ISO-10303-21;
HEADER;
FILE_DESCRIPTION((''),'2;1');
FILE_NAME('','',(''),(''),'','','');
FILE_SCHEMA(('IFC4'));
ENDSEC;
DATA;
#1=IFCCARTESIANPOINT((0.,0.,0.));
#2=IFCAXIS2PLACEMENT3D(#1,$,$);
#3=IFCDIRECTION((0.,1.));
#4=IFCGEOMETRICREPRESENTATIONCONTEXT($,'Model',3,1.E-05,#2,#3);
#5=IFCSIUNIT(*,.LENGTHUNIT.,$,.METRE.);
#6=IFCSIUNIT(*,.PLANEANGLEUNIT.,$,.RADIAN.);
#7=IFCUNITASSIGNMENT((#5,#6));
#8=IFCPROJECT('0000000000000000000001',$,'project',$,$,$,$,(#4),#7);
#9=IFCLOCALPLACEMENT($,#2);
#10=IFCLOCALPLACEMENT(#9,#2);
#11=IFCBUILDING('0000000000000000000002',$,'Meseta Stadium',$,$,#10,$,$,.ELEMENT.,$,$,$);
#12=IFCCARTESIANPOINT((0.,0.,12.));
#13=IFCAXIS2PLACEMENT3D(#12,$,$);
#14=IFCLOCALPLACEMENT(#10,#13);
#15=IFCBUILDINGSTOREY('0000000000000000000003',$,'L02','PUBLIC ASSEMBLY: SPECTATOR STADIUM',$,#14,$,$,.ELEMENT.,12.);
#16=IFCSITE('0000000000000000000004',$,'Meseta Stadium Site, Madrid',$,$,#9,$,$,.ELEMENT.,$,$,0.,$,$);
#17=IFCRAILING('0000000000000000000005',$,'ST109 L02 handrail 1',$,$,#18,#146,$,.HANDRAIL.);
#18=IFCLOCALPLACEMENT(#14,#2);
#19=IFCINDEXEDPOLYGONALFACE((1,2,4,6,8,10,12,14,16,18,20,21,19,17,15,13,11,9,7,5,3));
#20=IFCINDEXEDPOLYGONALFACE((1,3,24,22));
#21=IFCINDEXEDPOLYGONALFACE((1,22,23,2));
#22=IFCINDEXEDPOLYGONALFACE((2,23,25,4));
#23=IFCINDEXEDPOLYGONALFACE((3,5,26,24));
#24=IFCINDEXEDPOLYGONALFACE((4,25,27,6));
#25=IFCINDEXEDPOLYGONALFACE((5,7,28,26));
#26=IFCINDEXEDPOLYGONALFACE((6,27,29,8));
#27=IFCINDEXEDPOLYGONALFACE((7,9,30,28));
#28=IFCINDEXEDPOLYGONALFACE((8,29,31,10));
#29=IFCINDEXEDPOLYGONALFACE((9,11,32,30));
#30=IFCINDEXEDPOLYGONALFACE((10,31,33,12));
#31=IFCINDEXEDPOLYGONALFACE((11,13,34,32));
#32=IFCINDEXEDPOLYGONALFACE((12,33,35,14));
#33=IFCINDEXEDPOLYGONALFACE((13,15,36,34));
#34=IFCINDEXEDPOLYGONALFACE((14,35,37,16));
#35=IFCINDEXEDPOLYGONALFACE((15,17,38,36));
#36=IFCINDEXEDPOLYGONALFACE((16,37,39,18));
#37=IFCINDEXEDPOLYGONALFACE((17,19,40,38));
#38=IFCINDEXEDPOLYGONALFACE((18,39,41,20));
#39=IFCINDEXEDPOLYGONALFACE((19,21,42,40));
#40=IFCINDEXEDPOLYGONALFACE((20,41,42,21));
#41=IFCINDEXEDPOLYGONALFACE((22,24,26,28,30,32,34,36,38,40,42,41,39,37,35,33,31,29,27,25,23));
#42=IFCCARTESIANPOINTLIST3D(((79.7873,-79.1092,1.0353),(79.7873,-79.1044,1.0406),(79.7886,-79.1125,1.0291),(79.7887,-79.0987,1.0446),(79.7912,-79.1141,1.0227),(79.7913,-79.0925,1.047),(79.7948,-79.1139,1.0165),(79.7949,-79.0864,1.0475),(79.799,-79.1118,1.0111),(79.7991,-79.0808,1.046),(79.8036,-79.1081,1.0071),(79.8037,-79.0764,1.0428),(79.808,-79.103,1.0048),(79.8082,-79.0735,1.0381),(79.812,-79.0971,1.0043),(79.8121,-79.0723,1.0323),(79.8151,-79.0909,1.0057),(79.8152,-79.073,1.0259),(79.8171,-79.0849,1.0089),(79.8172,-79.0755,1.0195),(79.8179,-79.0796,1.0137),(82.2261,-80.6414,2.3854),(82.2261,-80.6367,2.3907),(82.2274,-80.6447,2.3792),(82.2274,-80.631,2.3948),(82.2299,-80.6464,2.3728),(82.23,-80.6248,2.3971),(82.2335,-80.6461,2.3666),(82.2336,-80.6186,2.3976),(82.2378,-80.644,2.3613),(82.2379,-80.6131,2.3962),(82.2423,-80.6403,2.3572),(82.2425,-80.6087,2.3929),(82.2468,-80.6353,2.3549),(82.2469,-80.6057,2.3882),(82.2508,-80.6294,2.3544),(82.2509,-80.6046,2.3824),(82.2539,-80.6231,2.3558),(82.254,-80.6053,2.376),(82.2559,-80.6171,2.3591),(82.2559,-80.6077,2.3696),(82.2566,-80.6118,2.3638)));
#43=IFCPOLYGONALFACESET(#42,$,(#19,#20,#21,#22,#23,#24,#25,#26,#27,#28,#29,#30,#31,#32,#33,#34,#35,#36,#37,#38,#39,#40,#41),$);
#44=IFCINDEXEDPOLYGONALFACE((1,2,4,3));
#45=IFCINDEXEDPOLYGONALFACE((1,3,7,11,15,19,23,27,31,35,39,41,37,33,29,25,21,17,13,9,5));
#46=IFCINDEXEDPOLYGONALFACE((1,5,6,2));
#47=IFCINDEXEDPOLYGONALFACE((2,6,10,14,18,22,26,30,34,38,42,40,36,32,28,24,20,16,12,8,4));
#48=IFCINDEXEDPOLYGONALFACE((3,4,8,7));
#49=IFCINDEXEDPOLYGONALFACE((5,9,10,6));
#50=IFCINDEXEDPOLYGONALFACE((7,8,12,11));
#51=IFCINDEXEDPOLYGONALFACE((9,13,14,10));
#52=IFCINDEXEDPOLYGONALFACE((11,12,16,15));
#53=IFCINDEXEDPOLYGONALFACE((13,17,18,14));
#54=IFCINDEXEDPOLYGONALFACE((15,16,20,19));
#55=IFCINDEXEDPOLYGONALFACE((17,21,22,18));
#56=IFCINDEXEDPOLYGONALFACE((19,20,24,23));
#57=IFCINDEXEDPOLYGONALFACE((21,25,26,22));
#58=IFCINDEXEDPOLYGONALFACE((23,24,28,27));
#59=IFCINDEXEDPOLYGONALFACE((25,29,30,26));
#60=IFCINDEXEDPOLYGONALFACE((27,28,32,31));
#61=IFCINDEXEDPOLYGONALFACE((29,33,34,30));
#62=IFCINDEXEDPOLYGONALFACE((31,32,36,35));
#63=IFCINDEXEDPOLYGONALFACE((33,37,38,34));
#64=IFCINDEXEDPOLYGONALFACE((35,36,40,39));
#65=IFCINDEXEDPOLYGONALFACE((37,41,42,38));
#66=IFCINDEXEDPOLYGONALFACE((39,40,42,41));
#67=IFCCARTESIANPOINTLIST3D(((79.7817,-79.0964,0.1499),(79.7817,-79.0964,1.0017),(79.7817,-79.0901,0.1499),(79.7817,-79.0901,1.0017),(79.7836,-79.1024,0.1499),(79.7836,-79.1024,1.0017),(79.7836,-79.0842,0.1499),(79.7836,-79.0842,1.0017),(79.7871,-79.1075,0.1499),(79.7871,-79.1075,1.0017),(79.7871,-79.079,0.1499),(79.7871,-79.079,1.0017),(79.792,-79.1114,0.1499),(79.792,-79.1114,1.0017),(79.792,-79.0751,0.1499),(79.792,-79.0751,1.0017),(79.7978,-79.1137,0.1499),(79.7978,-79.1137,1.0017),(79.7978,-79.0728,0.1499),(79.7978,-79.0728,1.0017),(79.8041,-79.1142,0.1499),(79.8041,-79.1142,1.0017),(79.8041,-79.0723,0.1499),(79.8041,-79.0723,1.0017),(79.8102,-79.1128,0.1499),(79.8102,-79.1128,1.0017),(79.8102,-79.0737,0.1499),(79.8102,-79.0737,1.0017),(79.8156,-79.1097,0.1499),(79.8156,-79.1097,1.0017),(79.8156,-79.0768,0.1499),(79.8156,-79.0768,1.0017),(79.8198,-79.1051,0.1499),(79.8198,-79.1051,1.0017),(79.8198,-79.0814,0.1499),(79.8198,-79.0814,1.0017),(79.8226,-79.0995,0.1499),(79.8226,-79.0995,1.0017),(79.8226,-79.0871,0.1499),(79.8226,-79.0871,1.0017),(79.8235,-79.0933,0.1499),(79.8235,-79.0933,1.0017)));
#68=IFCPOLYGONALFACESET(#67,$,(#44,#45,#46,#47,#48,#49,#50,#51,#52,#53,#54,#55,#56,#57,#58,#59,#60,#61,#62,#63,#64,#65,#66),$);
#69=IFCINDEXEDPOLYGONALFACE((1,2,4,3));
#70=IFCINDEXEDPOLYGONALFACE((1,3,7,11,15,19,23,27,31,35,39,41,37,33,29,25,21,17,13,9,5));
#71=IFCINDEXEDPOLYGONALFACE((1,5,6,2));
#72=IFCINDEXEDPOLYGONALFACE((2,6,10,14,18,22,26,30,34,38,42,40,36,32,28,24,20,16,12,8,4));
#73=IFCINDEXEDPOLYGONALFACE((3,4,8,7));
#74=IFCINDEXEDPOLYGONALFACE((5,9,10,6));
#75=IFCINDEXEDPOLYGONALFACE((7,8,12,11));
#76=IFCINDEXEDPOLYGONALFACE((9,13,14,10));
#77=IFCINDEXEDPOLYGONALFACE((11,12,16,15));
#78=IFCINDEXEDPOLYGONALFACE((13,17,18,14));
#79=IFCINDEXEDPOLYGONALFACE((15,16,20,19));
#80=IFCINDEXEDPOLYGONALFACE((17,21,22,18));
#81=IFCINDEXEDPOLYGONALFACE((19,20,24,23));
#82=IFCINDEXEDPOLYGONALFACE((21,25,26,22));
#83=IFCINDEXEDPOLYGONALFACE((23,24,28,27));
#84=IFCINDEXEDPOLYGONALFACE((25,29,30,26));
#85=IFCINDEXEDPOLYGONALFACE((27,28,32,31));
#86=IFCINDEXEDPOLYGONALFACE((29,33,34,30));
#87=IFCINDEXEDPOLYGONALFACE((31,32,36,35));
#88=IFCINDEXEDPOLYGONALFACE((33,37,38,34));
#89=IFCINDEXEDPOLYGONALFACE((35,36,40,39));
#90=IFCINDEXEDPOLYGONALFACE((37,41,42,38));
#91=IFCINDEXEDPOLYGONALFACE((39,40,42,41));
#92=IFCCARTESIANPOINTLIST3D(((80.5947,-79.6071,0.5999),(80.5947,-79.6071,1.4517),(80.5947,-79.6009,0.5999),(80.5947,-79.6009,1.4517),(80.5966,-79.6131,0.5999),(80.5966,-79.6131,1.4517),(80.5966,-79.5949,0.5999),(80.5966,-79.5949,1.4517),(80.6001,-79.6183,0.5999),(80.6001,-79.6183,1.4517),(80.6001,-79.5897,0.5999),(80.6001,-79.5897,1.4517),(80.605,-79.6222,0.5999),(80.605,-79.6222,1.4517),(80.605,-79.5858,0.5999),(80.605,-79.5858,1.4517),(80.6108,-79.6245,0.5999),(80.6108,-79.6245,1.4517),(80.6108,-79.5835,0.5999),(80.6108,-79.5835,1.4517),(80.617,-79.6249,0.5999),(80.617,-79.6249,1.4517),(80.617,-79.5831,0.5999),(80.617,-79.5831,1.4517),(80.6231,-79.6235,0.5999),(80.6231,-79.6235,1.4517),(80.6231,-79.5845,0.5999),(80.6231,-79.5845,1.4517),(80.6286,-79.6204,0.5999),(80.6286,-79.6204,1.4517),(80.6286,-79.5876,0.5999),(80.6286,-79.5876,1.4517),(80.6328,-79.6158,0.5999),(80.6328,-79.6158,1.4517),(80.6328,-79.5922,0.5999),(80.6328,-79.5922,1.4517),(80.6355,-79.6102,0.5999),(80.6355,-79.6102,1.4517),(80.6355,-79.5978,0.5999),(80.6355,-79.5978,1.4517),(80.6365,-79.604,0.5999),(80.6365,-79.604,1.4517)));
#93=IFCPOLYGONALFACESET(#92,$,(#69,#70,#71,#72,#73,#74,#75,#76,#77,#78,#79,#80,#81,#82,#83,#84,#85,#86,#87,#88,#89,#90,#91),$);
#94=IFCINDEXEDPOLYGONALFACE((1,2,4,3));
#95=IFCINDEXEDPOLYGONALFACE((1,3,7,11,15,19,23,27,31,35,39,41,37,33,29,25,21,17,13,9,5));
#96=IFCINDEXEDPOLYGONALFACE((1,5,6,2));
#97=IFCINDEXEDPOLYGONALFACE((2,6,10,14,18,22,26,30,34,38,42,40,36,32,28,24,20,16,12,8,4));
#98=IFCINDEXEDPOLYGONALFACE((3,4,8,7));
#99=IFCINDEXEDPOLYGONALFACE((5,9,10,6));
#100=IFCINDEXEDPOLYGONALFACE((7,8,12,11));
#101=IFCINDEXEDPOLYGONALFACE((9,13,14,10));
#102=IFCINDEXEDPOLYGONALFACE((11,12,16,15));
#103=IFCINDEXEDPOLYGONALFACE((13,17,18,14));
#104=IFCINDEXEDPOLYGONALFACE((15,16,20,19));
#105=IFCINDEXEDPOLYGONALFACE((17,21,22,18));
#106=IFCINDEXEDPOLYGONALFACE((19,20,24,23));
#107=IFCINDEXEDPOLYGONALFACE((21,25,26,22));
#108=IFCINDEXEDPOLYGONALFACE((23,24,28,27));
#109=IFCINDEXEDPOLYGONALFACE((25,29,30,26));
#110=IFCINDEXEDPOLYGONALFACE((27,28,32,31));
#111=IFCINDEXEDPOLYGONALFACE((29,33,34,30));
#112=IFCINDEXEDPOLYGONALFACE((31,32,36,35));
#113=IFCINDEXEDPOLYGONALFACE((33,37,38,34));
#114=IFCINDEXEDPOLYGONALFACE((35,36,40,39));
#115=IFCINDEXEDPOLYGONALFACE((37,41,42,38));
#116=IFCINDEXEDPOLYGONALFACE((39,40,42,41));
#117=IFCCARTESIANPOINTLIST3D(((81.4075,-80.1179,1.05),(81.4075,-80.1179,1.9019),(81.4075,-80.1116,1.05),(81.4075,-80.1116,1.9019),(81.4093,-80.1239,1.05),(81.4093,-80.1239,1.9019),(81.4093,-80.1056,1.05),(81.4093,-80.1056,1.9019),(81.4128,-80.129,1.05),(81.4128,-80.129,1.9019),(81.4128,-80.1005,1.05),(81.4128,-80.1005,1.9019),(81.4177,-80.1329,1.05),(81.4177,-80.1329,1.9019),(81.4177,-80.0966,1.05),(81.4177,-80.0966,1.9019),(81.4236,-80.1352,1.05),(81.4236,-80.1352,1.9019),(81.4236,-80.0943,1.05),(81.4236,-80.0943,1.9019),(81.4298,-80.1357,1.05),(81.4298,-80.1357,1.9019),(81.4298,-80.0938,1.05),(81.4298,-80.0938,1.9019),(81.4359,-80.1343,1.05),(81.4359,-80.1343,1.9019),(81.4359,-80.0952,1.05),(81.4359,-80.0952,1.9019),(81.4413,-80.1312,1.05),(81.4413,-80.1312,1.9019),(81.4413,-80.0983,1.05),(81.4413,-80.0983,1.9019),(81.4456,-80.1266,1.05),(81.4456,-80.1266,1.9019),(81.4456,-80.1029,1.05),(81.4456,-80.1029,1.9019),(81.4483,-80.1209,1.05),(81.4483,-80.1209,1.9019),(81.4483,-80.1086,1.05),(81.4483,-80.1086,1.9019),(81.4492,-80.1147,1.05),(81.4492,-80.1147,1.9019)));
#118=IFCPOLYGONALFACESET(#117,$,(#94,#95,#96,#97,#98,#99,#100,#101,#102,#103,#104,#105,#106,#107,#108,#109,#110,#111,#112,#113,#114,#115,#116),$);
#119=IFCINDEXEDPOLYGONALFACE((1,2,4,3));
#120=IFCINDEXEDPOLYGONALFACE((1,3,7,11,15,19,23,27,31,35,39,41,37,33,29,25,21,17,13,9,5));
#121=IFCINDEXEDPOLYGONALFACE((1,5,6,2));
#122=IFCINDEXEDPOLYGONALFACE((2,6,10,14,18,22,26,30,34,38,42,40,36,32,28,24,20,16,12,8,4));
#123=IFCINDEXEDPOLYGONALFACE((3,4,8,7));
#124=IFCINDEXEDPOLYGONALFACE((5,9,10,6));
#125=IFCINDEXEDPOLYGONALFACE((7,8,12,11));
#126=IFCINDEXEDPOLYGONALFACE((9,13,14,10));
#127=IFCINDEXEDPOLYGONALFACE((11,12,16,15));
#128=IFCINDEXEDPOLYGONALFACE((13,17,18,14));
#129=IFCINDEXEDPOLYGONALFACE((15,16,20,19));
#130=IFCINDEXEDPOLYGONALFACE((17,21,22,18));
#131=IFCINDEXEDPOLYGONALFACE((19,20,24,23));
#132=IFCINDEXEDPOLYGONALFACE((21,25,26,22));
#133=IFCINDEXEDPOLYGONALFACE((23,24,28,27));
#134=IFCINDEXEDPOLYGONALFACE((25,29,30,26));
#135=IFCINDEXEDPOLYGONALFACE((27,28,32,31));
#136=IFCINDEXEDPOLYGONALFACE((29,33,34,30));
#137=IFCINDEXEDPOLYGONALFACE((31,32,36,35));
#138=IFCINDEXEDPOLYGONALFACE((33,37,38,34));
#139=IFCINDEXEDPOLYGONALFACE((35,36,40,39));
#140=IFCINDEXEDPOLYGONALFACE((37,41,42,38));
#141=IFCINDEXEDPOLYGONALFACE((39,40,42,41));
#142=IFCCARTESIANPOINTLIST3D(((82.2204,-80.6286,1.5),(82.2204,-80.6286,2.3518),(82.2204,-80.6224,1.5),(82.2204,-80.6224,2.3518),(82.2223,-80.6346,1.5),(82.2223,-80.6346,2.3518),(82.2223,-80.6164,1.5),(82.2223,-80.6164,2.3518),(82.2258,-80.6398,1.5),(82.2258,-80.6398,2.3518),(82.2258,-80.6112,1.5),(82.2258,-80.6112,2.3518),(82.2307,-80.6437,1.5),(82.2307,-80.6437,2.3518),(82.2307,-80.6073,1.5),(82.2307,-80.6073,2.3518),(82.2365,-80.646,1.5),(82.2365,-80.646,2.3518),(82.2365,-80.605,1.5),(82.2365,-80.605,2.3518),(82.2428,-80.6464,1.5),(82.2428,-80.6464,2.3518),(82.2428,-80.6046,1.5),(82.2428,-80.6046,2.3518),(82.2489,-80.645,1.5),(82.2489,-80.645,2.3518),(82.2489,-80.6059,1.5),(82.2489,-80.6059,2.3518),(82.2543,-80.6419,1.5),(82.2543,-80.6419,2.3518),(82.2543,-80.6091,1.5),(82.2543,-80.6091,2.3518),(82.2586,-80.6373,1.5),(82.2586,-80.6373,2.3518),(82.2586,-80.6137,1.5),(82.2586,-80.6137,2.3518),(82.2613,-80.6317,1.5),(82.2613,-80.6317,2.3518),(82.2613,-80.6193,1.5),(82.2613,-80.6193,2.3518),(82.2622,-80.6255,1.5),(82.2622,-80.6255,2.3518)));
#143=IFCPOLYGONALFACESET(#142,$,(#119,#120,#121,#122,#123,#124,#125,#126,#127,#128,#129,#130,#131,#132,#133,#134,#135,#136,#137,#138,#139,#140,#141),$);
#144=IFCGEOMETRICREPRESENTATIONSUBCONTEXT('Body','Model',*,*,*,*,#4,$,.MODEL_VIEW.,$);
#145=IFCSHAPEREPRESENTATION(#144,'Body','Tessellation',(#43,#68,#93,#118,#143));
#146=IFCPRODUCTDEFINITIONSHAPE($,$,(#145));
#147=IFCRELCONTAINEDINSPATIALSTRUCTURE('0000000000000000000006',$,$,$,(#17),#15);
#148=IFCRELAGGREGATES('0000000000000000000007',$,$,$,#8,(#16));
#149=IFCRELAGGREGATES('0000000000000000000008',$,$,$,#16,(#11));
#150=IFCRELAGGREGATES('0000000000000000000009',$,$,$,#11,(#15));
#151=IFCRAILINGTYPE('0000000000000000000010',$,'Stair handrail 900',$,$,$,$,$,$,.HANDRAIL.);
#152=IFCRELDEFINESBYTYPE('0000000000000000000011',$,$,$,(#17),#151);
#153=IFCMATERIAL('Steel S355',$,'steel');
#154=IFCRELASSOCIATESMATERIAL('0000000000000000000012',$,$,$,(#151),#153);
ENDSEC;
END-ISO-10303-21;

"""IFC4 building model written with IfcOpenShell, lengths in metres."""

from ifc_helpers import new_model, si_unit, direction, frame, origin, origin_2d, place, context, subcontext, project, spatial, circle, extrude, material, type_object, element, save


model = new_model("IFC4")

# Units and contexts
model_context = context("Model", 3, precision=1e-05, world=origin(), true_north=direction((0.0, 1.0)))
body_context = subcontext(model_context, "Body", "Model", "MODEL_VIEW")
ifc_project = project(units=[si_unit("LENGTHUNIT", "METRE"), si_unit("PLANEANGLEUNIT", "RADIAN")], contexts=[model_context])

# Site, building, storey
site_placement = place(None, origin())
site = spatial("IfcSite", under=ifc_project, at=site_placement, Name="Meseta Stadium Site, Madrid", CompositionType="ELEMENT", RefElevation=0.0)
building_placement = place(site_placement, origin())
building = spatial("IfcBuilding", under=site, at=building_placement, Name="Meseta Stadium", CompositionType="ELEMENT")
storey_placement = place(building_placement, frame((0.0, 0.0, 12.0)))
storey = spatial("IfcBuildingStorey", under=building, at=storey_placement, Name="L02", Description="PUBLIC ASSEMBLY: SPECTATOR STADIUM", CompositionType="ELEMENT", Elevation=12.0)

# Railing
ifc_material_1 = material(Name="Steel S355", Category="steel")
railing_type_1 = type_object("IfcRailingType", Name="Stair handrail 900", PredefinedType="HANDRAIL", material=ifc_material_1)
for number, where, name in (
    (1, (79.8025, -79.0933, 0.1499), "ST109 L02 handrail 1"),
):
    element("IfcRailing", number, at=place(storey_placement, frame(where)), inside=storey, type_object=railing_type_1, Name=name, PredefinedType="HANDRAIL", context=body_context, shape_type="SweptSolid", body=[
        extrude(circle(Radius=0.0239, at=origin_2d()), frame((0.0, 0.0, 0.876), z_axis=(0.766687, -0.481703, 0.424445), x_axis=(0.532001, 0.846743, 0.0)), (0.0, 0.0, 1.0), 3.1809),
        extrude(circle(Radius=0.021, at=origin_2d()), origin(), (0.0, 0.0, 1.0), 0.8518),
        extrude(circle(Radius=0.021, at=origin_2d()), frame((0.813, -0.5107, 0.45)), (0.0, 0.0, 1.0), 0.8518),
        extrude(circle(Radius=0.021, at=origin_2d()), frame((1.6257, -1.0215, 0.9001)), (0.0, 0.0, 1.0), 0.8518),
        extrude(circle(Radius=0.021, at=origin_2d()), frame((2.4387, -1.5322, 1.3501)), (0.0, 0.0, 1.0), 0.8518),
    ])

save(model, "model.ifc")
